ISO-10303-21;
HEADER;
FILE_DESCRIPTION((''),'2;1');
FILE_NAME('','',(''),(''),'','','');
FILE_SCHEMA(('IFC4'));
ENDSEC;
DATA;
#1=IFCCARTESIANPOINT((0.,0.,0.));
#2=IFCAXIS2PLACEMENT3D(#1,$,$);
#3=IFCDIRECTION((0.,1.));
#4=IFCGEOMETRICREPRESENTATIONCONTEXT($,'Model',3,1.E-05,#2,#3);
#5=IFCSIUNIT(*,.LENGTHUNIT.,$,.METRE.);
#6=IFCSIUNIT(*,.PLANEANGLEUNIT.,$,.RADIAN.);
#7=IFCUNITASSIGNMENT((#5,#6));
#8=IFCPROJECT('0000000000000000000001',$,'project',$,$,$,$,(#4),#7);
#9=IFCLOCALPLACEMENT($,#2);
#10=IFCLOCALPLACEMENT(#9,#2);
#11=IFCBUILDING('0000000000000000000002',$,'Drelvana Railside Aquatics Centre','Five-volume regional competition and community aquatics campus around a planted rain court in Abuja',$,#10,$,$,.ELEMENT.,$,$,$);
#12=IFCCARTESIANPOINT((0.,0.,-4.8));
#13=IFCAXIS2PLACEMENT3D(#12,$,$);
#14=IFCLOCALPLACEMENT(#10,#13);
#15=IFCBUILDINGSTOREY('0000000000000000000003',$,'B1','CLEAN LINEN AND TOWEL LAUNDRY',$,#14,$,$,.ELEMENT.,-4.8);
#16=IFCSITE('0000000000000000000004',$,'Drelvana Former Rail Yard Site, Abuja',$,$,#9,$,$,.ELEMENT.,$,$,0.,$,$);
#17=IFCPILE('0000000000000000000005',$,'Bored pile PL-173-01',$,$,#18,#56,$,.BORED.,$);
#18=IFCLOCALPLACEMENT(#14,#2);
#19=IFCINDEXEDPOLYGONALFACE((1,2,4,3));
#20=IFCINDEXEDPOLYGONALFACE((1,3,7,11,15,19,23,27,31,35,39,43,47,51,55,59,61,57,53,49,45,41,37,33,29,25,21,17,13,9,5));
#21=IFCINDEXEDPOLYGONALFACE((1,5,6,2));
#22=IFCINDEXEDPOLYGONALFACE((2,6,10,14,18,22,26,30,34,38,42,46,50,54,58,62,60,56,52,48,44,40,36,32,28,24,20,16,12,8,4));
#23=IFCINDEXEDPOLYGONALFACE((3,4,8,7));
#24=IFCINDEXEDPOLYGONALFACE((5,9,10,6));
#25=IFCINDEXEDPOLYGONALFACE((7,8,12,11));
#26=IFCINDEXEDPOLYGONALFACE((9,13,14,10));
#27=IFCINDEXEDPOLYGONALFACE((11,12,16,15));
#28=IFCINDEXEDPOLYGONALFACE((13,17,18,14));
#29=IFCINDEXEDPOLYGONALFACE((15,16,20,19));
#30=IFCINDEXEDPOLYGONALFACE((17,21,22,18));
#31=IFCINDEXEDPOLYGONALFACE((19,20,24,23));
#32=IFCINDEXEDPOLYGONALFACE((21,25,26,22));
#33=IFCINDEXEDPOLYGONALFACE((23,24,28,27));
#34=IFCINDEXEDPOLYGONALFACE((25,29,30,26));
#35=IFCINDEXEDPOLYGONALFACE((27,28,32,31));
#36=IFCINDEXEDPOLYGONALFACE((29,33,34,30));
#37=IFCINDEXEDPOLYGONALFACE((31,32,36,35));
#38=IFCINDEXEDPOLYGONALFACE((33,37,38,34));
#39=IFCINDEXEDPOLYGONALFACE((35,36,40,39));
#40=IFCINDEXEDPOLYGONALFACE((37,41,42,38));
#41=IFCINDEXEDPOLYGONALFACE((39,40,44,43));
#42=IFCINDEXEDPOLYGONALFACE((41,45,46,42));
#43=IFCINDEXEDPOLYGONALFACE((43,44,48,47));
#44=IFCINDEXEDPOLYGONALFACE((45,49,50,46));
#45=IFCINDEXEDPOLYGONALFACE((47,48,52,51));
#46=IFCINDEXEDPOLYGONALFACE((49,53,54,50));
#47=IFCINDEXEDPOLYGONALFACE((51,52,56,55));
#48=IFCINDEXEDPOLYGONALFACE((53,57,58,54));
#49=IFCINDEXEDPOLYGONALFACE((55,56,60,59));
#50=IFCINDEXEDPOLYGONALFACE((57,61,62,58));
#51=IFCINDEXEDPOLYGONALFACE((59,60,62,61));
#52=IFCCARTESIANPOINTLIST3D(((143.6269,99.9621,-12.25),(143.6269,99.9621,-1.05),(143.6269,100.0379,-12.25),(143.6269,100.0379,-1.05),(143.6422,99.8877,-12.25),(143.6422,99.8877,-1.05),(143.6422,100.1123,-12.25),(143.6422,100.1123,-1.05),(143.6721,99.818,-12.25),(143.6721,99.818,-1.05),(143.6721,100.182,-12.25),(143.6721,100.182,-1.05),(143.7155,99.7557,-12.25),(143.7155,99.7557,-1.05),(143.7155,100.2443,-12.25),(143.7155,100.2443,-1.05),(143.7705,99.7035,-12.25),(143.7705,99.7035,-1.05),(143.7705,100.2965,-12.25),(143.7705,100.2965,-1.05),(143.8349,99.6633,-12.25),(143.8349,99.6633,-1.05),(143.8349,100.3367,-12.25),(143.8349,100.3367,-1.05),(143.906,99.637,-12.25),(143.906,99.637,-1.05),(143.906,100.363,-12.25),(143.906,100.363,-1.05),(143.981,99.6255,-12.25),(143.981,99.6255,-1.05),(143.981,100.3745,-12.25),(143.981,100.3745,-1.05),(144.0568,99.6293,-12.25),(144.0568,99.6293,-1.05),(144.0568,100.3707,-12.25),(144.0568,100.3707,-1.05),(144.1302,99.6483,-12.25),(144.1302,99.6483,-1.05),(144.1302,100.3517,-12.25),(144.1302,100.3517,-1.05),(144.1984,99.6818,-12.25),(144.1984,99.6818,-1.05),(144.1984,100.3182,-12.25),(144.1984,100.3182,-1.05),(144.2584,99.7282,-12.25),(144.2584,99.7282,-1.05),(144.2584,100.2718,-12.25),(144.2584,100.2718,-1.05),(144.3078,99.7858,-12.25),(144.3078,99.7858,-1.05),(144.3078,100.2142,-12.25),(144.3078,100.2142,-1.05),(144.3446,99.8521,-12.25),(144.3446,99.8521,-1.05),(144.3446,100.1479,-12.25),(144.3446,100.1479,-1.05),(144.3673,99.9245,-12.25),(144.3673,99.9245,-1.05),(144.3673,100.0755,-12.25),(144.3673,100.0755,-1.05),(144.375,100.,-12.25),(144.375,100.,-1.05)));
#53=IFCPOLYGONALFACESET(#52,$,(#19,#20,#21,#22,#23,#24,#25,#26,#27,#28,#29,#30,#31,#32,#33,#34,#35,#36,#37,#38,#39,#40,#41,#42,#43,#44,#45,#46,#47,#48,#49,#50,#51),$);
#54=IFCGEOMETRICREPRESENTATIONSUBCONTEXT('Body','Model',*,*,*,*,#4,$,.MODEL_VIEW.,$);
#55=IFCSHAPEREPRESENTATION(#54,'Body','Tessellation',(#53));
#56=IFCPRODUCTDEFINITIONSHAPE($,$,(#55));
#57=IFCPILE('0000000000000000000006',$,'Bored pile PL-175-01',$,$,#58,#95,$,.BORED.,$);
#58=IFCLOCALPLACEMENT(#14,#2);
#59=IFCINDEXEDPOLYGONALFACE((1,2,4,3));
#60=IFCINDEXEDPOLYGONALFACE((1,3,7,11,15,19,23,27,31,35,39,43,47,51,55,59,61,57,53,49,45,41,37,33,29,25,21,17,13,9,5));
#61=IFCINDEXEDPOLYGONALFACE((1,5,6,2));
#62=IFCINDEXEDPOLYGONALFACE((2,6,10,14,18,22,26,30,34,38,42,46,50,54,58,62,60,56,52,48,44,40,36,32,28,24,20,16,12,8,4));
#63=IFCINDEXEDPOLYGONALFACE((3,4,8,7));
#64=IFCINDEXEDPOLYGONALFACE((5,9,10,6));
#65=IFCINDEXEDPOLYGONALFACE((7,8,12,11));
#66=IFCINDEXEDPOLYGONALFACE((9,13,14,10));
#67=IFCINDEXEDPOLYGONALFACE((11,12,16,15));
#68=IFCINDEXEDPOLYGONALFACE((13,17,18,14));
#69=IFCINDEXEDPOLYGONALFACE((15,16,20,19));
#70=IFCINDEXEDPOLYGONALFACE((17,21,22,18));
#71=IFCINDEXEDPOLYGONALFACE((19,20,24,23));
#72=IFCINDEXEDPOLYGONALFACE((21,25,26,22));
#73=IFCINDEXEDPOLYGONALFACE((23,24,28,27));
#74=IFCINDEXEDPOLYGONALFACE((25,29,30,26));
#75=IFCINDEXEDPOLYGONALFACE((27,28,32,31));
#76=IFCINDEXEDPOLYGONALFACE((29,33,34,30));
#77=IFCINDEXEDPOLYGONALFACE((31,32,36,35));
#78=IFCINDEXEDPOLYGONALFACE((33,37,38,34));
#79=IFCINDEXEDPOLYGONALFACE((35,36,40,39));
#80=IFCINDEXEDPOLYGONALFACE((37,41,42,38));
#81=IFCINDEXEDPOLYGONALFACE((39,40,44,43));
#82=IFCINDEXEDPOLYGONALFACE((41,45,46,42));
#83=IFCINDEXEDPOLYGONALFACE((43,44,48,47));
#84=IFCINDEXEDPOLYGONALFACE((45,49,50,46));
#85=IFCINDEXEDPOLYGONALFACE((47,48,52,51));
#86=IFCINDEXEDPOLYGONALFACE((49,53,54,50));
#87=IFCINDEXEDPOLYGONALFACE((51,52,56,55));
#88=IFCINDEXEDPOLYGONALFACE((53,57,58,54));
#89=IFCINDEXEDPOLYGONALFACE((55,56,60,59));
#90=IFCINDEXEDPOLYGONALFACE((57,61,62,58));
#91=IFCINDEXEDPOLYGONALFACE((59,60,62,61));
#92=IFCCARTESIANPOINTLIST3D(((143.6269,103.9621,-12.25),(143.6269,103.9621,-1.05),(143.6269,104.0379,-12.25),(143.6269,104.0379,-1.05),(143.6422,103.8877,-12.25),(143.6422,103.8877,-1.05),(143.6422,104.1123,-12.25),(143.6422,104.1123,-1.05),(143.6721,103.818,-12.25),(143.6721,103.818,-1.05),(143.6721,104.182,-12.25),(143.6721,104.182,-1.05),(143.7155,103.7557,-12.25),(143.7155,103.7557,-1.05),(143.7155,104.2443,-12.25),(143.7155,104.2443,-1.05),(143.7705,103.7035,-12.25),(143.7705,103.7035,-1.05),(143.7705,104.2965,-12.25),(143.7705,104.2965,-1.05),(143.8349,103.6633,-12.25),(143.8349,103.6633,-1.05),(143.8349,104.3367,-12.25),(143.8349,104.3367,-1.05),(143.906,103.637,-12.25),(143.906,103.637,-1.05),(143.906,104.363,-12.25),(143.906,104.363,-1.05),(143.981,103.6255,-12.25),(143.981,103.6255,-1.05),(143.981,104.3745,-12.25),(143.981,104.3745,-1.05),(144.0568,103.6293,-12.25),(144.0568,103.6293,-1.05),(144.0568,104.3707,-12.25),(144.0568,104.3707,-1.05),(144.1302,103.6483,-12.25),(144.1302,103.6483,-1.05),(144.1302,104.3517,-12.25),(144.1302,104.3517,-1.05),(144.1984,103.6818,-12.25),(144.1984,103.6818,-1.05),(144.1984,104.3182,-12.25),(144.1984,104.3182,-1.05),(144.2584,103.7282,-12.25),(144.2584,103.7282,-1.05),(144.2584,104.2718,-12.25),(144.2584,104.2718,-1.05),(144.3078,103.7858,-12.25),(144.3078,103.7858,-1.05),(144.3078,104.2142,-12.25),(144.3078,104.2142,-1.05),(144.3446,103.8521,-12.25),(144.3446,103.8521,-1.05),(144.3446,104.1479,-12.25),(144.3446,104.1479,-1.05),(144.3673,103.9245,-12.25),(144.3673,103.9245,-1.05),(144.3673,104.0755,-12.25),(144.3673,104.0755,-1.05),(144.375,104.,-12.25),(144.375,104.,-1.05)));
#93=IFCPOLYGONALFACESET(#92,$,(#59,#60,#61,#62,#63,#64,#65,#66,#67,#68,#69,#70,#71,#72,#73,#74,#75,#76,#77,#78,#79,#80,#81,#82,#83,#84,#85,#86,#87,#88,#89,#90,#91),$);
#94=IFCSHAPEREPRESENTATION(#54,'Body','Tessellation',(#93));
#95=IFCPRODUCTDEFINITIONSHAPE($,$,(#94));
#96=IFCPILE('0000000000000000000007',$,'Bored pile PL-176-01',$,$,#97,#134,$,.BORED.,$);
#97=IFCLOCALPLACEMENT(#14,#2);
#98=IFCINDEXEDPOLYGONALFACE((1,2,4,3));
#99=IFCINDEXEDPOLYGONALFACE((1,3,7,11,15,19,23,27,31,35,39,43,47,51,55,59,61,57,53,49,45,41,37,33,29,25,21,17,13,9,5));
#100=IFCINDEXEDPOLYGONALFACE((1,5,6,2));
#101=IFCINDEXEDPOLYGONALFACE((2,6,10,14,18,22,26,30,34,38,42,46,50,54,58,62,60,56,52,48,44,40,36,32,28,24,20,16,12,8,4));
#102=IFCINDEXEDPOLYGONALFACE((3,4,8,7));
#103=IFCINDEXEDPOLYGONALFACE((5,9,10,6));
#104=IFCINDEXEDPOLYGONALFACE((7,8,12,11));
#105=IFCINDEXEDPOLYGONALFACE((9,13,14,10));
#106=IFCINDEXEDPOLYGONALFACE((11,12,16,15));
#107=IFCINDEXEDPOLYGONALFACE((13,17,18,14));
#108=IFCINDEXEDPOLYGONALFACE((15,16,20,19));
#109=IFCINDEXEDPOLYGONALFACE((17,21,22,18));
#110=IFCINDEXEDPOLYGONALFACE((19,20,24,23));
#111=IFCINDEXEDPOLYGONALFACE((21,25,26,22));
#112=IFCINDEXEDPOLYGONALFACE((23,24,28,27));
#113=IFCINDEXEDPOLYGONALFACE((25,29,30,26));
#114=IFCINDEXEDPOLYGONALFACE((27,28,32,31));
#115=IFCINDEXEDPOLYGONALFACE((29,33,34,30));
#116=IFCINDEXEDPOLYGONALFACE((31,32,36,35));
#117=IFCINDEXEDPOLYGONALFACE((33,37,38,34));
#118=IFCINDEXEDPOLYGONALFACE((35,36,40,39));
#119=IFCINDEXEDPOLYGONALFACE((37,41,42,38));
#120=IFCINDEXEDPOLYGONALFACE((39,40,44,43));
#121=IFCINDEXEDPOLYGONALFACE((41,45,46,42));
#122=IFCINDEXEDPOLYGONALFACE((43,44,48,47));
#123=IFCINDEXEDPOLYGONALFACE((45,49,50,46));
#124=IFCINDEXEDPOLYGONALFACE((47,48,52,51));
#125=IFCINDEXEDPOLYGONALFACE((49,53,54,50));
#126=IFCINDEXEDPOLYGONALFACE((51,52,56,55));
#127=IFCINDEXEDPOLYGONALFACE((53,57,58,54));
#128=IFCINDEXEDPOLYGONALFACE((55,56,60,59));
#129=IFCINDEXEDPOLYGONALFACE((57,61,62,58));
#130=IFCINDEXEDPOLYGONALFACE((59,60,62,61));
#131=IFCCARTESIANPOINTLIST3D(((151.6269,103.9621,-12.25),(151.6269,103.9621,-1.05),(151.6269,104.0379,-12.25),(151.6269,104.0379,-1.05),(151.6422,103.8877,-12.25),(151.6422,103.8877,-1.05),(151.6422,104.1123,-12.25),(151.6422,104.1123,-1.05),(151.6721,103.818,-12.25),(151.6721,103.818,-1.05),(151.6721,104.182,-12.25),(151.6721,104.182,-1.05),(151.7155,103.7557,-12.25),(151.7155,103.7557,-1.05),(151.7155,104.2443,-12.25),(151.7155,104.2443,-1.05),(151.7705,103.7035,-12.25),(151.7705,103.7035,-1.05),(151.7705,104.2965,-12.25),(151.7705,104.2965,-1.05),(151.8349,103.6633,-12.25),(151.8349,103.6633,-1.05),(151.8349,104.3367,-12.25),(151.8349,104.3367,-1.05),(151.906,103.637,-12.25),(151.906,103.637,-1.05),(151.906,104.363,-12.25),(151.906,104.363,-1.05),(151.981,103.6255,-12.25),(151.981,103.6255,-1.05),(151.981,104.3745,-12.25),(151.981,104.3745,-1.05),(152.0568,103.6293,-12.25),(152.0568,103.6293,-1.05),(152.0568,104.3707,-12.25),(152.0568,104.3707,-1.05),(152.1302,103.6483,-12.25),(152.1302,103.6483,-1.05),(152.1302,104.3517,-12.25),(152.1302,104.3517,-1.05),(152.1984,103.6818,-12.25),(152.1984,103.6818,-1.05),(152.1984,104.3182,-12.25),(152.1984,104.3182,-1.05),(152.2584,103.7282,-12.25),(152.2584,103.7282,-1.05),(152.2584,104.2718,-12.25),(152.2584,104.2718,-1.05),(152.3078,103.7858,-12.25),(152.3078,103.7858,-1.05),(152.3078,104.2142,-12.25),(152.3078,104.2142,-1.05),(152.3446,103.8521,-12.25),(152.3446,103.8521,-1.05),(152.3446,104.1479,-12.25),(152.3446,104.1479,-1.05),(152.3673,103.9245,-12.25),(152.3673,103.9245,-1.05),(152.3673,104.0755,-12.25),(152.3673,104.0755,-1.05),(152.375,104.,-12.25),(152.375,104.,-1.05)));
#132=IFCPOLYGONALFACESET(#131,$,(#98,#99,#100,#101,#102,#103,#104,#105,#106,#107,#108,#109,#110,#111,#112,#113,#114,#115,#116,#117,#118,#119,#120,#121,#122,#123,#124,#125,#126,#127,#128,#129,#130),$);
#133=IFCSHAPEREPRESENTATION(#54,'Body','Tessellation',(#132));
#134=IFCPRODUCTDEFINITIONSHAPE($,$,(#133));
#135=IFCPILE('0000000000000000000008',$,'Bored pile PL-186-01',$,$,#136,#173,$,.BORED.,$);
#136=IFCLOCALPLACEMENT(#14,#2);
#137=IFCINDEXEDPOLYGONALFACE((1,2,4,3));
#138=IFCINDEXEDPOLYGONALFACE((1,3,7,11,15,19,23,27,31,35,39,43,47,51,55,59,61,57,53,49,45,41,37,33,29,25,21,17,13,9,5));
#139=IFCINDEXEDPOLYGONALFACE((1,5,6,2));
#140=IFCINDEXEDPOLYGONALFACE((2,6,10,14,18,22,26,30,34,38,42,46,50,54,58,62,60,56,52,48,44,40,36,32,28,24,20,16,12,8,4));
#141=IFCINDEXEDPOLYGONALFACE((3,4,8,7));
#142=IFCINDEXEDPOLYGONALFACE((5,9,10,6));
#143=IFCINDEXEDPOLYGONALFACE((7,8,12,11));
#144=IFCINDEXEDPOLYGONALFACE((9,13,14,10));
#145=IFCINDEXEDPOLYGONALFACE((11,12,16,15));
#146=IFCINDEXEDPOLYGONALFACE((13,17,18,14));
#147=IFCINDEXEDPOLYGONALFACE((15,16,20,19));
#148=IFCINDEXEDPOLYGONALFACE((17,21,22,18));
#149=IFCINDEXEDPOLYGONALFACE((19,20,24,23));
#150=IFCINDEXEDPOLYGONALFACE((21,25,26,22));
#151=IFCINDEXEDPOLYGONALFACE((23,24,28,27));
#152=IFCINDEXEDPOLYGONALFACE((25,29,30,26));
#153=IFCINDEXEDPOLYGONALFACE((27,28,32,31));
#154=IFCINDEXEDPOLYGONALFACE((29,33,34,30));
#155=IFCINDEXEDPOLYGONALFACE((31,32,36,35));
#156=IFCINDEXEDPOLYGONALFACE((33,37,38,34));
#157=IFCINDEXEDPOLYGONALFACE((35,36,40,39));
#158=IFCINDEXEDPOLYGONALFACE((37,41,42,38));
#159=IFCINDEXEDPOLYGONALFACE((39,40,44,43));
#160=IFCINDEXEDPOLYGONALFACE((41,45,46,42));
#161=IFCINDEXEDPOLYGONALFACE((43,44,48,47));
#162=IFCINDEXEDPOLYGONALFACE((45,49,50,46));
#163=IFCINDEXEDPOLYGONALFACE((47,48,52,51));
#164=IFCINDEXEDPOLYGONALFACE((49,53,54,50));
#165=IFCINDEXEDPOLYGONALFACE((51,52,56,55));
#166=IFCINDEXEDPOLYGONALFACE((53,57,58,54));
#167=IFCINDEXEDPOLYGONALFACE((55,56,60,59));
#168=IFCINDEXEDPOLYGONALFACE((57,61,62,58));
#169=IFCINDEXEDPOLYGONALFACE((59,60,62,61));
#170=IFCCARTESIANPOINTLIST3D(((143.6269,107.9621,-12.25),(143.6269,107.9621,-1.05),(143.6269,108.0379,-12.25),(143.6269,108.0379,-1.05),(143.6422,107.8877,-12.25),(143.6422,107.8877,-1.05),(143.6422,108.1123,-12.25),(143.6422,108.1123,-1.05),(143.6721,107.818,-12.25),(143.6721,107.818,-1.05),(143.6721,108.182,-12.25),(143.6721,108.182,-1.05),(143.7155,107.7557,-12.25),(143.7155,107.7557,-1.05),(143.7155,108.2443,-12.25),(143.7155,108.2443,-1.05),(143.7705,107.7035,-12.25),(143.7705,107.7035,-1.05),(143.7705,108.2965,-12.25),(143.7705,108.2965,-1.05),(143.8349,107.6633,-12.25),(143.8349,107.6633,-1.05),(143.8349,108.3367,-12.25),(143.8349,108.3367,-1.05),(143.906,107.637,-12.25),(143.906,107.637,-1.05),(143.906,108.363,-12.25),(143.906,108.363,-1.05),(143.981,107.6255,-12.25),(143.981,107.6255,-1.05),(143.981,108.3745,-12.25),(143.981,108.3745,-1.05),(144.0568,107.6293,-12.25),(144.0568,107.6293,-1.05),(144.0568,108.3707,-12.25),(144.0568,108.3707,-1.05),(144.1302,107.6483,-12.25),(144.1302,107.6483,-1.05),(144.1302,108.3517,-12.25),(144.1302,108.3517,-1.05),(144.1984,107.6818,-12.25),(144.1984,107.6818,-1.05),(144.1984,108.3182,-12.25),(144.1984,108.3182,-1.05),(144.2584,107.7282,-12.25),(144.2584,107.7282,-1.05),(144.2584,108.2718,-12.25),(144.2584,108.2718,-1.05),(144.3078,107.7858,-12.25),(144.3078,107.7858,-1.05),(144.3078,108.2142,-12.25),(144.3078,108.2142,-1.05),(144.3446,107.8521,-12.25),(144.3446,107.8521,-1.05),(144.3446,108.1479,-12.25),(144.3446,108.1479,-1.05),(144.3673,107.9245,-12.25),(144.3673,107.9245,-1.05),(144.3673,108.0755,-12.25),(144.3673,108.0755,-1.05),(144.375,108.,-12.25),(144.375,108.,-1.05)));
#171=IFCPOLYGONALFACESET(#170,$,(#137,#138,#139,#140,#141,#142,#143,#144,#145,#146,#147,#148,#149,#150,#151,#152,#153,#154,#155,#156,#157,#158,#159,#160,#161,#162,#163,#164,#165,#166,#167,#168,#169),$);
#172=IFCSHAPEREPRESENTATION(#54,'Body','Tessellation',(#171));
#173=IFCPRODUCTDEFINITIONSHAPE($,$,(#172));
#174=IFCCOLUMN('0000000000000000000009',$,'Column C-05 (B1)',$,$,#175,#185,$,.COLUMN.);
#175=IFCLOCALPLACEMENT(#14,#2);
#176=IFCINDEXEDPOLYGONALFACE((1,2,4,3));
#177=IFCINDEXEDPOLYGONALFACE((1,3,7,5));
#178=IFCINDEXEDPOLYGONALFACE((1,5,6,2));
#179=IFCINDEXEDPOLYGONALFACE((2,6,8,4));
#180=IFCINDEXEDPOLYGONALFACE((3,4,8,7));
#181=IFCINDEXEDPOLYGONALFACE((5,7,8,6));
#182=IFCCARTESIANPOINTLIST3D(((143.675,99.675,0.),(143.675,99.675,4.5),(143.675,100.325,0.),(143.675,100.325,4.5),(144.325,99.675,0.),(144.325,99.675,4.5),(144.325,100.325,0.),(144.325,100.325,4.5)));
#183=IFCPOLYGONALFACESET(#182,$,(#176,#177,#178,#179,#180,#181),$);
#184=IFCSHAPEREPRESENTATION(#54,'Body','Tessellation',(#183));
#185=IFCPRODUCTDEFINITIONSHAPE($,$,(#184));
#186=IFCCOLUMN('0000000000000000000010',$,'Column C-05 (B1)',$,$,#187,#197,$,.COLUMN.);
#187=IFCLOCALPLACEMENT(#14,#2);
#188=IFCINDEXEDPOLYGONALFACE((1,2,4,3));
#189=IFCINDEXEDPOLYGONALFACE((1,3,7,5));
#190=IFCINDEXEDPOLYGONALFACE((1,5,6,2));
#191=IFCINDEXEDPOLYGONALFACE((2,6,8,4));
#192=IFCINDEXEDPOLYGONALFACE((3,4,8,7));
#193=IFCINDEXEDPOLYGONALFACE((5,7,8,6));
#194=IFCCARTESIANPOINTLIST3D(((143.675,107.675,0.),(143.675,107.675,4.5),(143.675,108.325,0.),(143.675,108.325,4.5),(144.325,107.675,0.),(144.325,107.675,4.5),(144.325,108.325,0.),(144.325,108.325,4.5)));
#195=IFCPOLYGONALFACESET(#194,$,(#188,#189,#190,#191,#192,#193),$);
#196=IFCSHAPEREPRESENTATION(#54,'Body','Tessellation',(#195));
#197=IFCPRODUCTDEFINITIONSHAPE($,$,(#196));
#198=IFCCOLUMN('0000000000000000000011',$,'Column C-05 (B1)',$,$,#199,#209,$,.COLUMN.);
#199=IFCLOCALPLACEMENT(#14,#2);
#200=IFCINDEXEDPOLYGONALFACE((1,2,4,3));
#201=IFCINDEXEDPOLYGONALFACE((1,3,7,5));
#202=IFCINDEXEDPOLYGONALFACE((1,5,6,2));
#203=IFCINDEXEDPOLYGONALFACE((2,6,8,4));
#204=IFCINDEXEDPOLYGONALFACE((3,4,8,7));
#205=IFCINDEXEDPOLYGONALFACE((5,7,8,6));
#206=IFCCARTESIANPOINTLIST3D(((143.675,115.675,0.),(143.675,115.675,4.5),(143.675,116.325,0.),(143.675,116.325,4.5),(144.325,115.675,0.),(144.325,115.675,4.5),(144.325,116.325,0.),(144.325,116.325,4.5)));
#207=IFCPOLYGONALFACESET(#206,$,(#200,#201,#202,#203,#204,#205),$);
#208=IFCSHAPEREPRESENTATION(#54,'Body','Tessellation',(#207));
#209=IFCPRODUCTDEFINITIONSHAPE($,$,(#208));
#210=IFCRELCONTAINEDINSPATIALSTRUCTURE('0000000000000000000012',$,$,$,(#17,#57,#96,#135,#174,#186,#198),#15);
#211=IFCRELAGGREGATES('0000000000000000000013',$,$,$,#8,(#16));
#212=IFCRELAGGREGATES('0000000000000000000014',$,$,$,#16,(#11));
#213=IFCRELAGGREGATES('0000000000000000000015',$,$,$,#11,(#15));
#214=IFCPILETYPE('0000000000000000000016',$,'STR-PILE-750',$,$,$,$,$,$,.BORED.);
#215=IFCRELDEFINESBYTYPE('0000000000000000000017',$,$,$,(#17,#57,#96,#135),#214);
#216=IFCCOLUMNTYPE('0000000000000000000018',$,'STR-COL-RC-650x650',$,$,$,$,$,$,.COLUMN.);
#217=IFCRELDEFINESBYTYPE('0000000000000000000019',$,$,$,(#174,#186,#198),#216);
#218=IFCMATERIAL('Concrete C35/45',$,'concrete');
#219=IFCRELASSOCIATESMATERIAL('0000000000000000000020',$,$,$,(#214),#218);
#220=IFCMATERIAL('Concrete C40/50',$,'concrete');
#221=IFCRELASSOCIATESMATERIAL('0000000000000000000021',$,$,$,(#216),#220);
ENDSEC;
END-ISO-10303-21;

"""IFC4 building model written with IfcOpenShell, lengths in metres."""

from ifc_helpers import new_model, si_unit, direction, frame, origin, origin_2d, place, context, subcontext, project, spatial, rectangle, circle, extrude, material, material_profile, profile_set, type_object, element, save


model = new_model("IFC4")

# Units and contexts
model_context = context("Model", 3, precision=1e-05, world=origin(), true_north=direction((0.0, 1.0)))
body_context = subcontext(model_context, "Body", "Model", "MODEL_VIEW")
ifc_project = project(units=[si_unit("LENGTHUNIT", "METRE"), si_unit("PLANEANGLEUNIT", "RADIAN")], contexts=[model_context])

# Site, building, storey
site_placement = place(None, origin())
site = spatial("IfcSite", under=ifc_project, at=site_placement, Name="Drelvana Former Rail Yard Site, Abuja", CompositionType="ELEMENT", RefElevation=0.0)
building_placement = place(site_placement, origin())
building = spatial("IfcBuilding", under=site, at=building_placement, Name="Drelvana Railside Aquatics Centre", Description="Five-volume regional competition and community aquatics campus around a planted rain court in Abuja", CompositionType="ELEMENT")
storey_placement = place(building_placement, frame((0.0, 0.0, -4.8)))
storey = spatial("IfcBuildingStorey", under=building, at=storey_placement, Name="B1", Description="CLEAN LINEN AND TOWEL LAUNDRY", CompositionType="ELEMENT", Elevation=-4.8)

# Shared definitions
ifc_material_1 = material(Name="Concrete C35/45", Category="concrete")

# Piles
ifc_material_profile_1 = material_profile(ifc_material_1, circle(Radius=0.375, at=origin_2d()), Name="PILE D750")
ifc_profile_set_1 = profile_set([ifc_material_profile_1], Name="Concrete C35/45")
pile_type_1 = type_object("IfcPileType", Name="STR-PILE-750", PredefinedType="BORED", material=ifc_profile_set_1)
for number, where, z_axis, x_axis, name in (
    (1, (144.0, 100.0, -1.05), (0.0, 0.0, -1.0), (1.0, 0.0, 0.0), "Bored pile PL-173-01"),
    (2, (144.0, 104.0, -1.05), (0.0, 0.0, -1.0), (1.0, 0.0, 0.0), "Bored pile PL-175-01"),
    (3, (152.0, 104.0, -1.05), (0.0, 0.0, -1.0), (1.0, 0.0, 0.0), "Bored pile PL-176-01"),
    (4, (144.0, 108.0, -1.05), (0.0, 0.0, -1.0), (1.0, 0.0, 0.0), "Bored pile PL-186-01"),
):
    element("IfcPile", number, at=place(storey_placement, frame(where, z_axis=z_axis, x_axis=x_axis)), inside=storey, type_object=pile_type_1, Name=name, PredefinedType="BORED", context=body_context, shape_type="SweptSolid", body=[
        extrude(circle(Radius=0.375, at=origin_2d()), origin(), (0.0, 0.0, 1.0), 11.2),
    ])

# Columns
ifc_material_2 = material(Name="Concrete C40/50", Category="concrete")
ifc_material_profile_2 = material_profile(ifc_material_2, rectangle(XDim=0.6499, YDim=0.6499, at=origin_2d()), Name="RC 650x650")
ifc_profile_set_2 = profile_set([ifc_material_profile_2], Name="Concrete C40/50")
column_type_1 = type_object("IfcColumnType", Name="STR-COL-RC-650x650", PredefinedType="COLUMN", material=ifc_profile_set_2)
for number, where, z_axis, x_axis, name in (
    (5, (144.0, 100.0, 0.0), (0.0, 0.0, 1.0), (1.0, 0.0, 0.0), "Column C-05 (B1)"),
    (6, (144.0, 108.0, 0.0), (0.0, 0.0, 1.0), (1.0, 0.0, 0.0), "Column C-05 (B1)"),
    (7, (144.0, 116.0, 0.0), (0.0, 0.0, 1.0), (1.0, 0.0, 0.0), "Column C-05 (B1)"),
):
    element("IfcColumn", number, at=place(storey_placement, frame(where, z_axis=z_axis, x_axis=x_axis)), inside=storey, type_object=column_type_1, Name=name, PredefinedType="COLUMN", context=body_context, shape_type="SweptSolid", body=[
        extrude(rectangle(XDim=0.6499, YDim=0.6499, at=origin_2d()), origin(), (0.0, 0.0, 1.0), 4.5),
    ])

save(model, "model.ifc")
